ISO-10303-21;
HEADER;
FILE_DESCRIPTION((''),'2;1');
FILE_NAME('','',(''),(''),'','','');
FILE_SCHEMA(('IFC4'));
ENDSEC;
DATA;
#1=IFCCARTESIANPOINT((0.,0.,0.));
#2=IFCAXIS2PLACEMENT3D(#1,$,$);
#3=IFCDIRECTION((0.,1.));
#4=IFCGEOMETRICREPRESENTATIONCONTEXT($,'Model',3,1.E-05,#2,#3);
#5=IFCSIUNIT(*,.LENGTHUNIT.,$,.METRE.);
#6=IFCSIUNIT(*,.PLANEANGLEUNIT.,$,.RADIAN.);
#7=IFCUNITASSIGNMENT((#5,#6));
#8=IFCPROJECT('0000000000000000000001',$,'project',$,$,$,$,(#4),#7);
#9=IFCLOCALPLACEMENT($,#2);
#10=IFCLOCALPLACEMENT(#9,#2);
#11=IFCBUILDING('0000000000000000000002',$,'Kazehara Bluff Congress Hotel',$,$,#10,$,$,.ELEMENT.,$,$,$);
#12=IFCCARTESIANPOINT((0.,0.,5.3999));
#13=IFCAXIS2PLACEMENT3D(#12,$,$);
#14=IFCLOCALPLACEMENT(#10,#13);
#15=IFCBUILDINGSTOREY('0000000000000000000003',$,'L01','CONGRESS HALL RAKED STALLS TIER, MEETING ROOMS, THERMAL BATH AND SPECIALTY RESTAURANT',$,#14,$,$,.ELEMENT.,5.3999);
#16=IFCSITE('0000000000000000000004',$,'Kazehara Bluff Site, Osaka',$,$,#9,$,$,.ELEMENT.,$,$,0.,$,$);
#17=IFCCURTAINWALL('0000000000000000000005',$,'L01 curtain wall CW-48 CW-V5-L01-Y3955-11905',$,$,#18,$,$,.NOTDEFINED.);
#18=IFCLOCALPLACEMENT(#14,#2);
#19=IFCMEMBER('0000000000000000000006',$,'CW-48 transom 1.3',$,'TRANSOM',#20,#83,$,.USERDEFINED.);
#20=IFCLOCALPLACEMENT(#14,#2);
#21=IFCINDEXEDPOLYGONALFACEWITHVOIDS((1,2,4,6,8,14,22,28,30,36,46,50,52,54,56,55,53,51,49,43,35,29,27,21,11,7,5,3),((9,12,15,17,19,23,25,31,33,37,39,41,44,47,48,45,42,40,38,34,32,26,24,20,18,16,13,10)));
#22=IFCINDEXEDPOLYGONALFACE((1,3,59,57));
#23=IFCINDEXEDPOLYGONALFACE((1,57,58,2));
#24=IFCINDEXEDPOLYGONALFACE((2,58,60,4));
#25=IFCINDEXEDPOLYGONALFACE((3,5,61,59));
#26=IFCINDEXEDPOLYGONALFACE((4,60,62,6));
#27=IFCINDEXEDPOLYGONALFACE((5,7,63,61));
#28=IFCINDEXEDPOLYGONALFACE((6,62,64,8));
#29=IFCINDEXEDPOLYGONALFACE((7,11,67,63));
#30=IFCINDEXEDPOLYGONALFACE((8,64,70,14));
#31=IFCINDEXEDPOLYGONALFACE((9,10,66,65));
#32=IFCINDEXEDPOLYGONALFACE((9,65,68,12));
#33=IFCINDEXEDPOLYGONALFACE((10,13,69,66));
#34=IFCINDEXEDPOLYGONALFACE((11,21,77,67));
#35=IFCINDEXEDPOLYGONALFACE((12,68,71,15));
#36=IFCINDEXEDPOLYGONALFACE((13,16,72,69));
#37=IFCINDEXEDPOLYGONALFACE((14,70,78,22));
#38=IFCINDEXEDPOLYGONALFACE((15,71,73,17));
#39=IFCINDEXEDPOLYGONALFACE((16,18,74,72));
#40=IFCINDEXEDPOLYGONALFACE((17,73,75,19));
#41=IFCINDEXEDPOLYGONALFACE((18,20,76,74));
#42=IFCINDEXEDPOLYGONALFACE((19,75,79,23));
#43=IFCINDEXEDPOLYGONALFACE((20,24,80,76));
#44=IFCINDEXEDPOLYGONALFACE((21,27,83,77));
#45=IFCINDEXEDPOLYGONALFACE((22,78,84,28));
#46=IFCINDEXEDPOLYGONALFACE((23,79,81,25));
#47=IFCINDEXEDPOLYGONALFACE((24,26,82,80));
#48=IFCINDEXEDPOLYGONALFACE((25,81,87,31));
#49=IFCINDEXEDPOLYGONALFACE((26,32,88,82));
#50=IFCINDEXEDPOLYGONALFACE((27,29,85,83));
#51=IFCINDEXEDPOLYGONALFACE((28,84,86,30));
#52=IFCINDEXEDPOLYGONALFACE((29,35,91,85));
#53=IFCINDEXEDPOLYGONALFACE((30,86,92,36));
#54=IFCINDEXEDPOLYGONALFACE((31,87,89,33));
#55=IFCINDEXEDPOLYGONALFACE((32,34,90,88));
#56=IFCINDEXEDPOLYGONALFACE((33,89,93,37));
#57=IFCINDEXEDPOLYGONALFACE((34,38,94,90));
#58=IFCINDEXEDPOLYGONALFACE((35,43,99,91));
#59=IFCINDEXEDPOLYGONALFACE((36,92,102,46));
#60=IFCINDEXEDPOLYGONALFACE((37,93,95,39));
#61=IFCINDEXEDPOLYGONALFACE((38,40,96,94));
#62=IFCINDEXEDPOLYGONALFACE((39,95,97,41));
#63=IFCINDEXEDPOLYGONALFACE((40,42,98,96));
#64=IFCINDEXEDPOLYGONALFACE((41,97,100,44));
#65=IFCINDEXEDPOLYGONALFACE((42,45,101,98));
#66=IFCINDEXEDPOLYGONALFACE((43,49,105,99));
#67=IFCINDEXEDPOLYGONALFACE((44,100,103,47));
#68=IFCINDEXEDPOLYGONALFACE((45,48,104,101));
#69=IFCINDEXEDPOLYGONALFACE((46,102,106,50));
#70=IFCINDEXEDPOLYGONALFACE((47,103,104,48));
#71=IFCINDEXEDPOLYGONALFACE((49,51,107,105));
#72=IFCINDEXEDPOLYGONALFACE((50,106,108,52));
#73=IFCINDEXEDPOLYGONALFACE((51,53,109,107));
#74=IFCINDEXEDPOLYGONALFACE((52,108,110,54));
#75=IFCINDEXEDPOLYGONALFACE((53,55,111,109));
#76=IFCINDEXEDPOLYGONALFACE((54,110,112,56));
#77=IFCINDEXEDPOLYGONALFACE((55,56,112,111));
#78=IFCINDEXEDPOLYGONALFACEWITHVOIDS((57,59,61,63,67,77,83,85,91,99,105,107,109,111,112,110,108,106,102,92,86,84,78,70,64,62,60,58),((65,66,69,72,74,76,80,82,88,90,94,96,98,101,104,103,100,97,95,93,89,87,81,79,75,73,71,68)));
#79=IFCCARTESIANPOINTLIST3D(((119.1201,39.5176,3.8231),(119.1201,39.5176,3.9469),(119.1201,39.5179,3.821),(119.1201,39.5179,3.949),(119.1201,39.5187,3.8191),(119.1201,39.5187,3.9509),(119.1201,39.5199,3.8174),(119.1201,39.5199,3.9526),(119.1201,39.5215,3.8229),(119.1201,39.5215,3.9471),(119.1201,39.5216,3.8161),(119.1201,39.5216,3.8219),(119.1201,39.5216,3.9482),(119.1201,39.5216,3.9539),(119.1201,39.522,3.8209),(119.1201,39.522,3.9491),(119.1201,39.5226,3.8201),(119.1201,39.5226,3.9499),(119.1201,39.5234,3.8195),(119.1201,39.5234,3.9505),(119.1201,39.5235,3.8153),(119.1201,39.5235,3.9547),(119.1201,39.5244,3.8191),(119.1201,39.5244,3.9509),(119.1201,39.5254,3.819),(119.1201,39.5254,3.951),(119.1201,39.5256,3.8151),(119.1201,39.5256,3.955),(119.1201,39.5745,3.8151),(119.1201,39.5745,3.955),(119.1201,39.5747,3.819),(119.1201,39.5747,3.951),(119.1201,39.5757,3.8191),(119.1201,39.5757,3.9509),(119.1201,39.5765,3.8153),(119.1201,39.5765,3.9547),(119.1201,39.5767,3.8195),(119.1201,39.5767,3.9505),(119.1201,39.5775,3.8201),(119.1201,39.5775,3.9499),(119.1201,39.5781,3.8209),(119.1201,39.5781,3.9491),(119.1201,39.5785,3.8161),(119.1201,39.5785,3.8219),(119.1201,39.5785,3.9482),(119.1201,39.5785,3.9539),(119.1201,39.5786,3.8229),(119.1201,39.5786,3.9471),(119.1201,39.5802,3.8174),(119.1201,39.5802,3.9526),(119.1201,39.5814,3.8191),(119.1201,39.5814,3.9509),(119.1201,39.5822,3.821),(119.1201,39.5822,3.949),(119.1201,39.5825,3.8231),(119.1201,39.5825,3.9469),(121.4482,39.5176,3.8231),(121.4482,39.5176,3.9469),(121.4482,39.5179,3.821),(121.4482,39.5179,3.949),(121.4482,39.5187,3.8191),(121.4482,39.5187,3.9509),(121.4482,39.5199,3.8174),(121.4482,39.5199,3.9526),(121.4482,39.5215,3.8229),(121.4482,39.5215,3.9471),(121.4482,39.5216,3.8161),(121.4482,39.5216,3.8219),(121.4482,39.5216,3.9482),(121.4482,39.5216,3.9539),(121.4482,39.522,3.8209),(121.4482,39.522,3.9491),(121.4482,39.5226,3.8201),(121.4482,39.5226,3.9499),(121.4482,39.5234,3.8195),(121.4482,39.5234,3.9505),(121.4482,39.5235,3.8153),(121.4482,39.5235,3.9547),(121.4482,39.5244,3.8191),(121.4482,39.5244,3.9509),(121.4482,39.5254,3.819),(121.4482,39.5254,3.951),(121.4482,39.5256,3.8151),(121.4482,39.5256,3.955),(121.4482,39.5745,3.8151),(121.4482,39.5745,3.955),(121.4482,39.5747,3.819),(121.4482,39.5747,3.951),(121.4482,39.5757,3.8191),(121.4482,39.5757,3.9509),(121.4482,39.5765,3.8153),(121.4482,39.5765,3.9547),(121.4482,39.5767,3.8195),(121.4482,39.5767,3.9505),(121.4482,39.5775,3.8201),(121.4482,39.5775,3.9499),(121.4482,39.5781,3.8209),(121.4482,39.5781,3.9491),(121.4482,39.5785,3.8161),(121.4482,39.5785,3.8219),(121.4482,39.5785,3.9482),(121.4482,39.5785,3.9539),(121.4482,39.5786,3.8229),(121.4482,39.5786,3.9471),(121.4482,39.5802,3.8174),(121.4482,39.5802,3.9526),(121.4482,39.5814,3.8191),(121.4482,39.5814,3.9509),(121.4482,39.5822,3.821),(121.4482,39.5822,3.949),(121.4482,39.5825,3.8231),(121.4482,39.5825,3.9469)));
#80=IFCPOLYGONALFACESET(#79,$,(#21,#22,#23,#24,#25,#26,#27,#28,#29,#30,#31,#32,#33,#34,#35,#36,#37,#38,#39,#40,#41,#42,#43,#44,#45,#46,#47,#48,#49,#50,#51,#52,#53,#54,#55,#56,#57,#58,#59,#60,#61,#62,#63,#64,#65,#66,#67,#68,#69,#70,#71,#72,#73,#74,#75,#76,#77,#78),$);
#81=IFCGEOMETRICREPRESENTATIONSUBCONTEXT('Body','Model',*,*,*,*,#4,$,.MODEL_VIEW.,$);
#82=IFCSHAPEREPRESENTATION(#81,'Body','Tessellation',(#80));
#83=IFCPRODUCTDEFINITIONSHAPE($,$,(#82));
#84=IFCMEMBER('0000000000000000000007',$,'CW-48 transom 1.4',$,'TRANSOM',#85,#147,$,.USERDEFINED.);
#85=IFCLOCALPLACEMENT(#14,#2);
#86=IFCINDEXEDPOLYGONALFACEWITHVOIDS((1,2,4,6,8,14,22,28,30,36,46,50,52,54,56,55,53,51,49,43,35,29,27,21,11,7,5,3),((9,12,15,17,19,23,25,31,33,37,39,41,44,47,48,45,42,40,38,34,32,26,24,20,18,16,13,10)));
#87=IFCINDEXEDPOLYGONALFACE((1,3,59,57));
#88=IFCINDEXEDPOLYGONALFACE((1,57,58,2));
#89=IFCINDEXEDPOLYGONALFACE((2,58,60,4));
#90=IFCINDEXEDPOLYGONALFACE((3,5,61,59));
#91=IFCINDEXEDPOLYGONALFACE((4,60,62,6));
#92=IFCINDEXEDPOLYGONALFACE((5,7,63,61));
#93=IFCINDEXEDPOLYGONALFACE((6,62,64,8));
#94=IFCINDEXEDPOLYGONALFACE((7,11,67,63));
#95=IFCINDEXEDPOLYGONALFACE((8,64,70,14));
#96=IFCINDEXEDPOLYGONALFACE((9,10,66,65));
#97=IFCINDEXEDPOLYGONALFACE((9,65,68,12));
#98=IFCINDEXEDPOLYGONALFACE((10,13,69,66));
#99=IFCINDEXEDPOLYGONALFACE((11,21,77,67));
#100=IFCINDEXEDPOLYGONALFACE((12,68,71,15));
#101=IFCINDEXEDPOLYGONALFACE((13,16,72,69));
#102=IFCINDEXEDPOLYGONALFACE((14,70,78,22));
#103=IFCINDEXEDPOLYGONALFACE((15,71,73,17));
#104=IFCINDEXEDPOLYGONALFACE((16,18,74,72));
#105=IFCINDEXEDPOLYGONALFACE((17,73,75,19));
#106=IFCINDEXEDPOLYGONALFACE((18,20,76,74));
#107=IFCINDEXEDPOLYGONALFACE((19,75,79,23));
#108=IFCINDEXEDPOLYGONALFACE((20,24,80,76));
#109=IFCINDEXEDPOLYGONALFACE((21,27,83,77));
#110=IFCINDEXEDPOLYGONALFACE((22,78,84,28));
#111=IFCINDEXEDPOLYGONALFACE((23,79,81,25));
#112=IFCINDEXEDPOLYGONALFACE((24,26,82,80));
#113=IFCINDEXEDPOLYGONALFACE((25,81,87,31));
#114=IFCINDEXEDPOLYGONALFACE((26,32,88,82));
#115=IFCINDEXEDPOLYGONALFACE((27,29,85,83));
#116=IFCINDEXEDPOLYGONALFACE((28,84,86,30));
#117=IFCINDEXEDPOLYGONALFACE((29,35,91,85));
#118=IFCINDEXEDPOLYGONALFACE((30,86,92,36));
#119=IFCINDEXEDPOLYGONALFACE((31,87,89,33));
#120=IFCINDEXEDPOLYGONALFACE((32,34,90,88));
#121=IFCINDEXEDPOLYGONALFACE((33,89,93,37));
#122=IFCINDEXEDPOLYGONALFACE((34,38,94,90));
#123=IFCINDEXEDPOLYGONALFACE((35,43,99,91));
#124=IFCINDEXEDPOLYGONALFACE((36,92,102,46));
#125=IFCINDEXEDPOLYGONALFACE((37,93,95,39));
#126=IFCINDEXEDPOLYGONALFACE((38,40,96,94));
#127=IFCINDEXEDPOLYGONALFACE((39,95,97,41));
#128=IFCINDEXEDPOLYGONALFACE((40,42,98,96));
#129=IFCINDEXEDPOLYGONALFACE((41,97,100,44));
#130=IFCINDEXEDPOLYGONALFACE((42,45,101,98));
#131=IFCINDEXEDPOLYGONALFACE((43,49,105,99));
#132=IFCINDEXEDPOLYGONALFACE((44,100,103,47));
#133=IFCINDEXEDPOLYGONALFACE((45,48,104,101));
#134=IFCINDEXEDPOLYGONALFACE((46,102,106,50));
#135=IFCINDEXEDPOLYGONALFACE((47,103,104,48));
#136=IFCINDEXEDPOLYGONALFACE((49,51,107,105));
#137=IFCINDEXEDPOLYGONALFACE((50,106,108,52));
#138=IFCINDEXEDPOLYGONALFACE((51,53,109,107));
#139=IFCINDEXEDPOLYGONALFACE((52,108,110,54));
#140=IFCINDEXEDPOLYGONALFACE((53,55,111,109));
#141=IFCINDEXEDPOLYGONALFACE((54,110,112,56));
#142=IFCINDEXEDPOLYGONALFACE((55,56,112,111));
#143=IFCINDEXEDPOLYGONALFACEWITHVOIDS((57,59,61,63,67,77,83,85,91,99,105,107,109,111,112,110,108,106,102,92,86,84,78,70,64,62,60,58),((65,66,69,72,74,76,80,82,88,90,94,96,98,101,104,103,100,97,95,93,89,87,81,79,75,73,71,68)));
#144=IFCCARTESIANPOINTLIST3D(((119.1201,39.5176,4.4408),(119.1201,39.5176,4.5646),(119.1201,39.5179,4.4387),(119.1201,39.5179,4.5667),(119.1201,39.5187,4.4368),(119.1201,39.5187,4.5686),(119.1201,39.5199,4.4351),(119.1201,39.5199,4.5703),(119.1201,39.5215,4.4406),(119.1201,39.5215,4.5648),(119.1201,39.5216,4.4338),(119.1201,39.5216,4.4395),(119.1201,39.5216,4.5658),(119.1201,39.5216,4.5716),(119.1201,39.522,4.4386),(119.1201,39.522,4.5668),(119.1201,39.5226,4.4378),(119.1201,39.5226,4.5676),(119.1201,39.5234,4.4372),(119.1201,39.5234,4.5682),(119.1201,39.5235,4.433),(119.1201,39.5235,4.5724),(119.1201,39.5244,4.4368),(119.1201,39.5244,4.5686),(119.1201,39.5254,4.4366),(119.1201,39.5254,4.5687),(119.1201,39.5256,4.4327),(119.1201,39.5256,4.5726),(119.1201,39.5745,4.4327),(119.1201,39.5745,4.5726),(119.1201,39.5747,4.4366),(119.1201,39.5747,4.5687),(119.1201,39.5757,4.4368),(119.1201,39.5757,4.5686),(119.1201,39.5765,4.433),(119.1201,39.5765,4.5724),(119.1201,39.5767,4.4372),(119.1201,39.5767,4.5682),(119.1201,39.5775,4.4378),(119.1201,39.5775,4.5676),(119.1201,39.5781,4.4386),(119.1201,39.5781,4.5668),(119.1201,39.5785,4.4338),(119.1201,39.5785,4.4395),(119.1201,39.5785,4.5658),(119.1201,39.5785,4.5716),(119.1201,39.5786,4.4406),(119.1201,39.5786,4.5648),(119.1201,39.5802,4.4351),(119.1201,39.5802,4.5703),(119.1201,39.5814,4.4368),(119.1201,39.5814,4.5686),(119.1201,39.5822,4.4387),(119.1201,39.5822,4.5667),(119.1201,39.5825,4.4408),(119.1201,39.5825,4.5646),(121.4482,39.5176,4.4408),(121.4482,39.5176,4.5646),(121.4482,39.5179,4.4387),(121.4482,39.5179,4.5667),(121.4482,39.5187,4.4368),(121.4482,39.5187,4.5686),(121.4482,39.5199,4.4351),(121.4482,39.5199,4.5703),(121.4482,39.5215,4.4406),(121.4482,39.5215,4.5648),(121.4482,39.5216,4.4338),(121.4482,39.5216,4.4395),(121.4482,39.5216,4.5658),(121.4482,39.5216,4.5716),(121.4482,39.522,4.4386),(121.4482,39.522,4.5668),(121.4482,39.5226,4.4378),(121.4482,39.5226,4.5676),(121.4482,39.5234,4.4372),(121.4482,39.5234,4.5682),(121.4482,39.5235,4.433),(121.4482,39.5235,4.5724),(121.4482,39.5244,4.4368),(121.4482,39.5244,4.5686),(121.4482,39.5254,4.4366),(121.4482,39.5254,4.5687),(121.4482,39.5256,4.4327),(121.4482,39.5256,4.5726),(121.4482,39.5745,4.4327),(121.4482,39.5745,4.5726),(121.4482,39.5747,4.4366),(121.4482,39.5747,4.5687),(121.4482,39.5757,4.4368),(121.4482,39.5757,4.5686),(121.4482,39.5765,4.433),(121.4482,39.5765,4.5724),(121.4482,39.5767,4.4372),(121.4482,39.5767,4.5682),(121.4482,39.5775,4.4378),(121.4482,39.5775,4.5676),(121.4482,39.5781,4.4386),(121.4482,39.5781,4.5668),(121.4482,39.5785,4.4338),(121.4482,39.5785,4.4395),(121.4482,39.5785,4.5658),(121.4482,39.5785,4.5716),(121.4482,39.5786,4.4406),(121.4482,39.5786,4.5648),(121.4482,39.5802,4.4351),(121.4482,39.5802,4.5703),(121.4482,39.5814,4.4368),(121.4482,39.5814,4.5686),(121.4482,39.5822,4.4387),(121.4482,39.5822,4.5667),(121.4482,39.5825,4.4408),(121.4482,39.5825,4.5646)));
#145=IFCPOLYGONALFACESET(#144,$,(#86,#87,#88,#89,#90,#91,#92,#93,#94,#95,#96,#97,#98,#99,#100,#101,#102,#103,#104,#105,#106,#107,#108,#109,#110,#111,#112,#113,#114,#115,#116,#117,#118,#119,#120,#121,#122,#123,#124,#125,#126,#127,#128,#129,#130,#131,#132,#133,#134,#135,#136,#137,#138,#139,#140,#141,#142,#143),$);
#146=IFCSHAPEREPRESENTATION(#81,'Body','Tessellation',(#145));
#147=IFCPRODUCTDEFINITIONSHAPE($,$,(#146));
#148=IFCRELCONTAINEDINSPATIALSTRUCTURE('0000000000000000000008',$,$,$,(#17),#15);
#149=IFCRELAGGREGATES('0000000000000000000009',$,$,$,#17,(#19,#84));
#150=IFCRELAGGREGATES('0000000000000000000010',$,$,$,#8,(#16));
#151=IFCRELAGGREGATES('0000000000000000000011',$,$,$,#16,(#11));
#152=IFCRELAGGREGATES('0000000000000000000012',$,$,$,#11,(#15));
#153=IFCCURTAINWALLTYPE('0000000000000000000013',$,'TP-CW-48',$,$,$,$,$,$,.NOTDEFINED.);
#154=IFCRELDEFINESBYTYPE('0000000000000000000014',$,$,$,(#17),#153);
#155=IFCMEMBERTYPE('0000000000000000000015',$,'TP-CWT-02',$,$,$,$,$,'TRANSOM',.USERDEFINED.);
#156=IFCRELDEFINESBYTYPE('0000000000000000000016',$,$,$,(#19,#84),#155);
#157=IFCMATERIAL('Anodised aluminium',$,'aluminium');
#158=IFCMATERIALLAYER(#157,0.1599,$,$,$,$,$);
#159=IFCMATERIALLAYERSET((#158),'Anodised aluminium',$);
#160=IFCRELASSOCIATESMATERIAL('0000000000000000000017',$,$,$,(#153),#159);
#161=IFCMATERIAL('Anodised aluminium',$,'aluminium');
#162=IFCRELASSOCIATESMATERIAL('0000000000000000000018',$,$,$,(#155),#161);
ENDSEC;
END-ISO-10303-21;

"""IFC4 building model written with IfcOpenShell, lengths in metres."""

from ifc_helpers import new_model, si_unit, direction, frame, origin, origin_2d, place, context, subcontext, project, spatial, hollow_rectangle, extrude, material, layer, layer_set, material_profile, profile_set, type_object, element, aggregate, save


model = new_model("IFC4")

# Units and contexts
model_context = context("Model", 3, precision=1e-05, world=origin(), true_north=direction((0.0, 1.0)))
body_context = subcontext(model_context, "Body", "Model", "MODEL_VIEW")
ifc_project = project(units=[si_unit("LENGTHUNIT", "METRE"), si_unit("PLANEANGLEUNIT", "RADIAN")], contexts=[model_context])

# Site, building, storey
site_placement = place(None, origin())
site = spatial("IfcSite", under=ifc_project, at=site_placement, Name="Kazehara Bluff Site, Osaka", CompositionType="ELEMENT", RefElevation=0.0)
building_placement = place(site_placement, origin())
building = spatial("IfcBuilding", under=site, at=building_placement, Name="Kazehara Bluff Congress Hotel", CompositionType="ELEMENT")
storey_placement = place(building_placement, frame((0.0, 0.0, 5.3999)))
storey = spatial("IfcBuildingStorey", under=building, at=storey_placement, Name="L01", Description="CONGRESS HALL RAKED STALLS TIER, MEETING ROOMS, THERMAL BATH AND SPECIALTY RESTAURANT", CompositionType="ELEMENT", Elevation=5.3999)

# Curtain wall, members
ifc_material_1 = material(Name="Anodised aluminium", Category="aluminium")
ifc_layer_1 = layer(ifc_material_1, 0.1599)
ifc_layer_set_1 = layer_set([ifc_layer_1], Name="Anodised aluminium")
curtain_wall_type_1 = type_object("IfcCurtainWallType", Name="TP-CW-48", PredefinedType="NOTDEFINED", material=ifc_layer_set_1)
curtain_wall_1_placement = place(storey_placement, origin())
curtain_wall_1 = element("IfcCurtainWall", 1, at=curtain_wall_1_placement, inside=storey, type_object=curtain_wall_type_1, Name="L01 curtain wall CW-48 CW-V5-L01-Y3955-11905", PredefinedType="NOTDEFINED")
ifc_material_2 = material(Name="Anodised aluminium", Category="aluminium")
ifc_material_profile_1 = material_profile(ifc_material_2, hollow_rectangle(XDim=0.0649, YDim=0.1399, WallThickness=0.0039, InnerFilletRadius=0.0039, OuterFilletRadius=0.0081, at=origin_2d()))
ifc_profile_set_1 = profile_set([ifc_material_profile_1], Name="Anodised aluminium")
member_type_1 = type_object("IfcMemberType", Name="TP-CWT-02", ElementType="TRANSOM", PredefinedType="USERDEFINED", material=ifc_profile_set_1)
member_1_placement = place(storey_placement, frame((119.1201, 39.55, 3.885), z_axis=(1.0, 0.0, 0.0), x_axis=(0.0, 1.0, 0.0)))
member_1 = element("IfcMember", 2, at=member_1_placement, type_object=member_type_1, Name="CW-48 transom 1.3", ObjectType="TRANSOM", PredefinedType="USERDEFINED", context=body_context, shape_type="SweptSolid", body=[
    extrude(hollow_rectangle(XDim=0.0649, YDim=0.1399, WallThickness=0.0039, InnerFilletRadius=0.0039, OuterFilletRadius=0.0081, at=origin_2d()), origin(), (0.0, 0.0, 1.0), 2.3281),
])
member_2_placement = place(storey_placement, frame((119.1201, 39.55, 4.5027), z_axis=(1.0, 0.0, 0.0), x_axis=(0.0, 1.0, 0.0)))
member_2 = element("IfcMember", 3, at=member_2_placement, type_object=member_type_1, Name="CW-48 transom 1.4", ObjectType="TRANSOM", PredefinedType="USERDEFINED", context=body_context, shape_type="SweptSolid", body=[
    extrude(hollow_rectangle(XDim=0.0649, YDim=0.1399, WallThickness=0.0039, InnerFilletRadius=0.0039, OuterFilletRadius=0.0081, at=origin_2d()), origin(), (0.0, 0.0, 1.0), 2.3281),
])

aggregate(curtain_wall_1, [member_1, member_2])

save(model, "model.ifc")
